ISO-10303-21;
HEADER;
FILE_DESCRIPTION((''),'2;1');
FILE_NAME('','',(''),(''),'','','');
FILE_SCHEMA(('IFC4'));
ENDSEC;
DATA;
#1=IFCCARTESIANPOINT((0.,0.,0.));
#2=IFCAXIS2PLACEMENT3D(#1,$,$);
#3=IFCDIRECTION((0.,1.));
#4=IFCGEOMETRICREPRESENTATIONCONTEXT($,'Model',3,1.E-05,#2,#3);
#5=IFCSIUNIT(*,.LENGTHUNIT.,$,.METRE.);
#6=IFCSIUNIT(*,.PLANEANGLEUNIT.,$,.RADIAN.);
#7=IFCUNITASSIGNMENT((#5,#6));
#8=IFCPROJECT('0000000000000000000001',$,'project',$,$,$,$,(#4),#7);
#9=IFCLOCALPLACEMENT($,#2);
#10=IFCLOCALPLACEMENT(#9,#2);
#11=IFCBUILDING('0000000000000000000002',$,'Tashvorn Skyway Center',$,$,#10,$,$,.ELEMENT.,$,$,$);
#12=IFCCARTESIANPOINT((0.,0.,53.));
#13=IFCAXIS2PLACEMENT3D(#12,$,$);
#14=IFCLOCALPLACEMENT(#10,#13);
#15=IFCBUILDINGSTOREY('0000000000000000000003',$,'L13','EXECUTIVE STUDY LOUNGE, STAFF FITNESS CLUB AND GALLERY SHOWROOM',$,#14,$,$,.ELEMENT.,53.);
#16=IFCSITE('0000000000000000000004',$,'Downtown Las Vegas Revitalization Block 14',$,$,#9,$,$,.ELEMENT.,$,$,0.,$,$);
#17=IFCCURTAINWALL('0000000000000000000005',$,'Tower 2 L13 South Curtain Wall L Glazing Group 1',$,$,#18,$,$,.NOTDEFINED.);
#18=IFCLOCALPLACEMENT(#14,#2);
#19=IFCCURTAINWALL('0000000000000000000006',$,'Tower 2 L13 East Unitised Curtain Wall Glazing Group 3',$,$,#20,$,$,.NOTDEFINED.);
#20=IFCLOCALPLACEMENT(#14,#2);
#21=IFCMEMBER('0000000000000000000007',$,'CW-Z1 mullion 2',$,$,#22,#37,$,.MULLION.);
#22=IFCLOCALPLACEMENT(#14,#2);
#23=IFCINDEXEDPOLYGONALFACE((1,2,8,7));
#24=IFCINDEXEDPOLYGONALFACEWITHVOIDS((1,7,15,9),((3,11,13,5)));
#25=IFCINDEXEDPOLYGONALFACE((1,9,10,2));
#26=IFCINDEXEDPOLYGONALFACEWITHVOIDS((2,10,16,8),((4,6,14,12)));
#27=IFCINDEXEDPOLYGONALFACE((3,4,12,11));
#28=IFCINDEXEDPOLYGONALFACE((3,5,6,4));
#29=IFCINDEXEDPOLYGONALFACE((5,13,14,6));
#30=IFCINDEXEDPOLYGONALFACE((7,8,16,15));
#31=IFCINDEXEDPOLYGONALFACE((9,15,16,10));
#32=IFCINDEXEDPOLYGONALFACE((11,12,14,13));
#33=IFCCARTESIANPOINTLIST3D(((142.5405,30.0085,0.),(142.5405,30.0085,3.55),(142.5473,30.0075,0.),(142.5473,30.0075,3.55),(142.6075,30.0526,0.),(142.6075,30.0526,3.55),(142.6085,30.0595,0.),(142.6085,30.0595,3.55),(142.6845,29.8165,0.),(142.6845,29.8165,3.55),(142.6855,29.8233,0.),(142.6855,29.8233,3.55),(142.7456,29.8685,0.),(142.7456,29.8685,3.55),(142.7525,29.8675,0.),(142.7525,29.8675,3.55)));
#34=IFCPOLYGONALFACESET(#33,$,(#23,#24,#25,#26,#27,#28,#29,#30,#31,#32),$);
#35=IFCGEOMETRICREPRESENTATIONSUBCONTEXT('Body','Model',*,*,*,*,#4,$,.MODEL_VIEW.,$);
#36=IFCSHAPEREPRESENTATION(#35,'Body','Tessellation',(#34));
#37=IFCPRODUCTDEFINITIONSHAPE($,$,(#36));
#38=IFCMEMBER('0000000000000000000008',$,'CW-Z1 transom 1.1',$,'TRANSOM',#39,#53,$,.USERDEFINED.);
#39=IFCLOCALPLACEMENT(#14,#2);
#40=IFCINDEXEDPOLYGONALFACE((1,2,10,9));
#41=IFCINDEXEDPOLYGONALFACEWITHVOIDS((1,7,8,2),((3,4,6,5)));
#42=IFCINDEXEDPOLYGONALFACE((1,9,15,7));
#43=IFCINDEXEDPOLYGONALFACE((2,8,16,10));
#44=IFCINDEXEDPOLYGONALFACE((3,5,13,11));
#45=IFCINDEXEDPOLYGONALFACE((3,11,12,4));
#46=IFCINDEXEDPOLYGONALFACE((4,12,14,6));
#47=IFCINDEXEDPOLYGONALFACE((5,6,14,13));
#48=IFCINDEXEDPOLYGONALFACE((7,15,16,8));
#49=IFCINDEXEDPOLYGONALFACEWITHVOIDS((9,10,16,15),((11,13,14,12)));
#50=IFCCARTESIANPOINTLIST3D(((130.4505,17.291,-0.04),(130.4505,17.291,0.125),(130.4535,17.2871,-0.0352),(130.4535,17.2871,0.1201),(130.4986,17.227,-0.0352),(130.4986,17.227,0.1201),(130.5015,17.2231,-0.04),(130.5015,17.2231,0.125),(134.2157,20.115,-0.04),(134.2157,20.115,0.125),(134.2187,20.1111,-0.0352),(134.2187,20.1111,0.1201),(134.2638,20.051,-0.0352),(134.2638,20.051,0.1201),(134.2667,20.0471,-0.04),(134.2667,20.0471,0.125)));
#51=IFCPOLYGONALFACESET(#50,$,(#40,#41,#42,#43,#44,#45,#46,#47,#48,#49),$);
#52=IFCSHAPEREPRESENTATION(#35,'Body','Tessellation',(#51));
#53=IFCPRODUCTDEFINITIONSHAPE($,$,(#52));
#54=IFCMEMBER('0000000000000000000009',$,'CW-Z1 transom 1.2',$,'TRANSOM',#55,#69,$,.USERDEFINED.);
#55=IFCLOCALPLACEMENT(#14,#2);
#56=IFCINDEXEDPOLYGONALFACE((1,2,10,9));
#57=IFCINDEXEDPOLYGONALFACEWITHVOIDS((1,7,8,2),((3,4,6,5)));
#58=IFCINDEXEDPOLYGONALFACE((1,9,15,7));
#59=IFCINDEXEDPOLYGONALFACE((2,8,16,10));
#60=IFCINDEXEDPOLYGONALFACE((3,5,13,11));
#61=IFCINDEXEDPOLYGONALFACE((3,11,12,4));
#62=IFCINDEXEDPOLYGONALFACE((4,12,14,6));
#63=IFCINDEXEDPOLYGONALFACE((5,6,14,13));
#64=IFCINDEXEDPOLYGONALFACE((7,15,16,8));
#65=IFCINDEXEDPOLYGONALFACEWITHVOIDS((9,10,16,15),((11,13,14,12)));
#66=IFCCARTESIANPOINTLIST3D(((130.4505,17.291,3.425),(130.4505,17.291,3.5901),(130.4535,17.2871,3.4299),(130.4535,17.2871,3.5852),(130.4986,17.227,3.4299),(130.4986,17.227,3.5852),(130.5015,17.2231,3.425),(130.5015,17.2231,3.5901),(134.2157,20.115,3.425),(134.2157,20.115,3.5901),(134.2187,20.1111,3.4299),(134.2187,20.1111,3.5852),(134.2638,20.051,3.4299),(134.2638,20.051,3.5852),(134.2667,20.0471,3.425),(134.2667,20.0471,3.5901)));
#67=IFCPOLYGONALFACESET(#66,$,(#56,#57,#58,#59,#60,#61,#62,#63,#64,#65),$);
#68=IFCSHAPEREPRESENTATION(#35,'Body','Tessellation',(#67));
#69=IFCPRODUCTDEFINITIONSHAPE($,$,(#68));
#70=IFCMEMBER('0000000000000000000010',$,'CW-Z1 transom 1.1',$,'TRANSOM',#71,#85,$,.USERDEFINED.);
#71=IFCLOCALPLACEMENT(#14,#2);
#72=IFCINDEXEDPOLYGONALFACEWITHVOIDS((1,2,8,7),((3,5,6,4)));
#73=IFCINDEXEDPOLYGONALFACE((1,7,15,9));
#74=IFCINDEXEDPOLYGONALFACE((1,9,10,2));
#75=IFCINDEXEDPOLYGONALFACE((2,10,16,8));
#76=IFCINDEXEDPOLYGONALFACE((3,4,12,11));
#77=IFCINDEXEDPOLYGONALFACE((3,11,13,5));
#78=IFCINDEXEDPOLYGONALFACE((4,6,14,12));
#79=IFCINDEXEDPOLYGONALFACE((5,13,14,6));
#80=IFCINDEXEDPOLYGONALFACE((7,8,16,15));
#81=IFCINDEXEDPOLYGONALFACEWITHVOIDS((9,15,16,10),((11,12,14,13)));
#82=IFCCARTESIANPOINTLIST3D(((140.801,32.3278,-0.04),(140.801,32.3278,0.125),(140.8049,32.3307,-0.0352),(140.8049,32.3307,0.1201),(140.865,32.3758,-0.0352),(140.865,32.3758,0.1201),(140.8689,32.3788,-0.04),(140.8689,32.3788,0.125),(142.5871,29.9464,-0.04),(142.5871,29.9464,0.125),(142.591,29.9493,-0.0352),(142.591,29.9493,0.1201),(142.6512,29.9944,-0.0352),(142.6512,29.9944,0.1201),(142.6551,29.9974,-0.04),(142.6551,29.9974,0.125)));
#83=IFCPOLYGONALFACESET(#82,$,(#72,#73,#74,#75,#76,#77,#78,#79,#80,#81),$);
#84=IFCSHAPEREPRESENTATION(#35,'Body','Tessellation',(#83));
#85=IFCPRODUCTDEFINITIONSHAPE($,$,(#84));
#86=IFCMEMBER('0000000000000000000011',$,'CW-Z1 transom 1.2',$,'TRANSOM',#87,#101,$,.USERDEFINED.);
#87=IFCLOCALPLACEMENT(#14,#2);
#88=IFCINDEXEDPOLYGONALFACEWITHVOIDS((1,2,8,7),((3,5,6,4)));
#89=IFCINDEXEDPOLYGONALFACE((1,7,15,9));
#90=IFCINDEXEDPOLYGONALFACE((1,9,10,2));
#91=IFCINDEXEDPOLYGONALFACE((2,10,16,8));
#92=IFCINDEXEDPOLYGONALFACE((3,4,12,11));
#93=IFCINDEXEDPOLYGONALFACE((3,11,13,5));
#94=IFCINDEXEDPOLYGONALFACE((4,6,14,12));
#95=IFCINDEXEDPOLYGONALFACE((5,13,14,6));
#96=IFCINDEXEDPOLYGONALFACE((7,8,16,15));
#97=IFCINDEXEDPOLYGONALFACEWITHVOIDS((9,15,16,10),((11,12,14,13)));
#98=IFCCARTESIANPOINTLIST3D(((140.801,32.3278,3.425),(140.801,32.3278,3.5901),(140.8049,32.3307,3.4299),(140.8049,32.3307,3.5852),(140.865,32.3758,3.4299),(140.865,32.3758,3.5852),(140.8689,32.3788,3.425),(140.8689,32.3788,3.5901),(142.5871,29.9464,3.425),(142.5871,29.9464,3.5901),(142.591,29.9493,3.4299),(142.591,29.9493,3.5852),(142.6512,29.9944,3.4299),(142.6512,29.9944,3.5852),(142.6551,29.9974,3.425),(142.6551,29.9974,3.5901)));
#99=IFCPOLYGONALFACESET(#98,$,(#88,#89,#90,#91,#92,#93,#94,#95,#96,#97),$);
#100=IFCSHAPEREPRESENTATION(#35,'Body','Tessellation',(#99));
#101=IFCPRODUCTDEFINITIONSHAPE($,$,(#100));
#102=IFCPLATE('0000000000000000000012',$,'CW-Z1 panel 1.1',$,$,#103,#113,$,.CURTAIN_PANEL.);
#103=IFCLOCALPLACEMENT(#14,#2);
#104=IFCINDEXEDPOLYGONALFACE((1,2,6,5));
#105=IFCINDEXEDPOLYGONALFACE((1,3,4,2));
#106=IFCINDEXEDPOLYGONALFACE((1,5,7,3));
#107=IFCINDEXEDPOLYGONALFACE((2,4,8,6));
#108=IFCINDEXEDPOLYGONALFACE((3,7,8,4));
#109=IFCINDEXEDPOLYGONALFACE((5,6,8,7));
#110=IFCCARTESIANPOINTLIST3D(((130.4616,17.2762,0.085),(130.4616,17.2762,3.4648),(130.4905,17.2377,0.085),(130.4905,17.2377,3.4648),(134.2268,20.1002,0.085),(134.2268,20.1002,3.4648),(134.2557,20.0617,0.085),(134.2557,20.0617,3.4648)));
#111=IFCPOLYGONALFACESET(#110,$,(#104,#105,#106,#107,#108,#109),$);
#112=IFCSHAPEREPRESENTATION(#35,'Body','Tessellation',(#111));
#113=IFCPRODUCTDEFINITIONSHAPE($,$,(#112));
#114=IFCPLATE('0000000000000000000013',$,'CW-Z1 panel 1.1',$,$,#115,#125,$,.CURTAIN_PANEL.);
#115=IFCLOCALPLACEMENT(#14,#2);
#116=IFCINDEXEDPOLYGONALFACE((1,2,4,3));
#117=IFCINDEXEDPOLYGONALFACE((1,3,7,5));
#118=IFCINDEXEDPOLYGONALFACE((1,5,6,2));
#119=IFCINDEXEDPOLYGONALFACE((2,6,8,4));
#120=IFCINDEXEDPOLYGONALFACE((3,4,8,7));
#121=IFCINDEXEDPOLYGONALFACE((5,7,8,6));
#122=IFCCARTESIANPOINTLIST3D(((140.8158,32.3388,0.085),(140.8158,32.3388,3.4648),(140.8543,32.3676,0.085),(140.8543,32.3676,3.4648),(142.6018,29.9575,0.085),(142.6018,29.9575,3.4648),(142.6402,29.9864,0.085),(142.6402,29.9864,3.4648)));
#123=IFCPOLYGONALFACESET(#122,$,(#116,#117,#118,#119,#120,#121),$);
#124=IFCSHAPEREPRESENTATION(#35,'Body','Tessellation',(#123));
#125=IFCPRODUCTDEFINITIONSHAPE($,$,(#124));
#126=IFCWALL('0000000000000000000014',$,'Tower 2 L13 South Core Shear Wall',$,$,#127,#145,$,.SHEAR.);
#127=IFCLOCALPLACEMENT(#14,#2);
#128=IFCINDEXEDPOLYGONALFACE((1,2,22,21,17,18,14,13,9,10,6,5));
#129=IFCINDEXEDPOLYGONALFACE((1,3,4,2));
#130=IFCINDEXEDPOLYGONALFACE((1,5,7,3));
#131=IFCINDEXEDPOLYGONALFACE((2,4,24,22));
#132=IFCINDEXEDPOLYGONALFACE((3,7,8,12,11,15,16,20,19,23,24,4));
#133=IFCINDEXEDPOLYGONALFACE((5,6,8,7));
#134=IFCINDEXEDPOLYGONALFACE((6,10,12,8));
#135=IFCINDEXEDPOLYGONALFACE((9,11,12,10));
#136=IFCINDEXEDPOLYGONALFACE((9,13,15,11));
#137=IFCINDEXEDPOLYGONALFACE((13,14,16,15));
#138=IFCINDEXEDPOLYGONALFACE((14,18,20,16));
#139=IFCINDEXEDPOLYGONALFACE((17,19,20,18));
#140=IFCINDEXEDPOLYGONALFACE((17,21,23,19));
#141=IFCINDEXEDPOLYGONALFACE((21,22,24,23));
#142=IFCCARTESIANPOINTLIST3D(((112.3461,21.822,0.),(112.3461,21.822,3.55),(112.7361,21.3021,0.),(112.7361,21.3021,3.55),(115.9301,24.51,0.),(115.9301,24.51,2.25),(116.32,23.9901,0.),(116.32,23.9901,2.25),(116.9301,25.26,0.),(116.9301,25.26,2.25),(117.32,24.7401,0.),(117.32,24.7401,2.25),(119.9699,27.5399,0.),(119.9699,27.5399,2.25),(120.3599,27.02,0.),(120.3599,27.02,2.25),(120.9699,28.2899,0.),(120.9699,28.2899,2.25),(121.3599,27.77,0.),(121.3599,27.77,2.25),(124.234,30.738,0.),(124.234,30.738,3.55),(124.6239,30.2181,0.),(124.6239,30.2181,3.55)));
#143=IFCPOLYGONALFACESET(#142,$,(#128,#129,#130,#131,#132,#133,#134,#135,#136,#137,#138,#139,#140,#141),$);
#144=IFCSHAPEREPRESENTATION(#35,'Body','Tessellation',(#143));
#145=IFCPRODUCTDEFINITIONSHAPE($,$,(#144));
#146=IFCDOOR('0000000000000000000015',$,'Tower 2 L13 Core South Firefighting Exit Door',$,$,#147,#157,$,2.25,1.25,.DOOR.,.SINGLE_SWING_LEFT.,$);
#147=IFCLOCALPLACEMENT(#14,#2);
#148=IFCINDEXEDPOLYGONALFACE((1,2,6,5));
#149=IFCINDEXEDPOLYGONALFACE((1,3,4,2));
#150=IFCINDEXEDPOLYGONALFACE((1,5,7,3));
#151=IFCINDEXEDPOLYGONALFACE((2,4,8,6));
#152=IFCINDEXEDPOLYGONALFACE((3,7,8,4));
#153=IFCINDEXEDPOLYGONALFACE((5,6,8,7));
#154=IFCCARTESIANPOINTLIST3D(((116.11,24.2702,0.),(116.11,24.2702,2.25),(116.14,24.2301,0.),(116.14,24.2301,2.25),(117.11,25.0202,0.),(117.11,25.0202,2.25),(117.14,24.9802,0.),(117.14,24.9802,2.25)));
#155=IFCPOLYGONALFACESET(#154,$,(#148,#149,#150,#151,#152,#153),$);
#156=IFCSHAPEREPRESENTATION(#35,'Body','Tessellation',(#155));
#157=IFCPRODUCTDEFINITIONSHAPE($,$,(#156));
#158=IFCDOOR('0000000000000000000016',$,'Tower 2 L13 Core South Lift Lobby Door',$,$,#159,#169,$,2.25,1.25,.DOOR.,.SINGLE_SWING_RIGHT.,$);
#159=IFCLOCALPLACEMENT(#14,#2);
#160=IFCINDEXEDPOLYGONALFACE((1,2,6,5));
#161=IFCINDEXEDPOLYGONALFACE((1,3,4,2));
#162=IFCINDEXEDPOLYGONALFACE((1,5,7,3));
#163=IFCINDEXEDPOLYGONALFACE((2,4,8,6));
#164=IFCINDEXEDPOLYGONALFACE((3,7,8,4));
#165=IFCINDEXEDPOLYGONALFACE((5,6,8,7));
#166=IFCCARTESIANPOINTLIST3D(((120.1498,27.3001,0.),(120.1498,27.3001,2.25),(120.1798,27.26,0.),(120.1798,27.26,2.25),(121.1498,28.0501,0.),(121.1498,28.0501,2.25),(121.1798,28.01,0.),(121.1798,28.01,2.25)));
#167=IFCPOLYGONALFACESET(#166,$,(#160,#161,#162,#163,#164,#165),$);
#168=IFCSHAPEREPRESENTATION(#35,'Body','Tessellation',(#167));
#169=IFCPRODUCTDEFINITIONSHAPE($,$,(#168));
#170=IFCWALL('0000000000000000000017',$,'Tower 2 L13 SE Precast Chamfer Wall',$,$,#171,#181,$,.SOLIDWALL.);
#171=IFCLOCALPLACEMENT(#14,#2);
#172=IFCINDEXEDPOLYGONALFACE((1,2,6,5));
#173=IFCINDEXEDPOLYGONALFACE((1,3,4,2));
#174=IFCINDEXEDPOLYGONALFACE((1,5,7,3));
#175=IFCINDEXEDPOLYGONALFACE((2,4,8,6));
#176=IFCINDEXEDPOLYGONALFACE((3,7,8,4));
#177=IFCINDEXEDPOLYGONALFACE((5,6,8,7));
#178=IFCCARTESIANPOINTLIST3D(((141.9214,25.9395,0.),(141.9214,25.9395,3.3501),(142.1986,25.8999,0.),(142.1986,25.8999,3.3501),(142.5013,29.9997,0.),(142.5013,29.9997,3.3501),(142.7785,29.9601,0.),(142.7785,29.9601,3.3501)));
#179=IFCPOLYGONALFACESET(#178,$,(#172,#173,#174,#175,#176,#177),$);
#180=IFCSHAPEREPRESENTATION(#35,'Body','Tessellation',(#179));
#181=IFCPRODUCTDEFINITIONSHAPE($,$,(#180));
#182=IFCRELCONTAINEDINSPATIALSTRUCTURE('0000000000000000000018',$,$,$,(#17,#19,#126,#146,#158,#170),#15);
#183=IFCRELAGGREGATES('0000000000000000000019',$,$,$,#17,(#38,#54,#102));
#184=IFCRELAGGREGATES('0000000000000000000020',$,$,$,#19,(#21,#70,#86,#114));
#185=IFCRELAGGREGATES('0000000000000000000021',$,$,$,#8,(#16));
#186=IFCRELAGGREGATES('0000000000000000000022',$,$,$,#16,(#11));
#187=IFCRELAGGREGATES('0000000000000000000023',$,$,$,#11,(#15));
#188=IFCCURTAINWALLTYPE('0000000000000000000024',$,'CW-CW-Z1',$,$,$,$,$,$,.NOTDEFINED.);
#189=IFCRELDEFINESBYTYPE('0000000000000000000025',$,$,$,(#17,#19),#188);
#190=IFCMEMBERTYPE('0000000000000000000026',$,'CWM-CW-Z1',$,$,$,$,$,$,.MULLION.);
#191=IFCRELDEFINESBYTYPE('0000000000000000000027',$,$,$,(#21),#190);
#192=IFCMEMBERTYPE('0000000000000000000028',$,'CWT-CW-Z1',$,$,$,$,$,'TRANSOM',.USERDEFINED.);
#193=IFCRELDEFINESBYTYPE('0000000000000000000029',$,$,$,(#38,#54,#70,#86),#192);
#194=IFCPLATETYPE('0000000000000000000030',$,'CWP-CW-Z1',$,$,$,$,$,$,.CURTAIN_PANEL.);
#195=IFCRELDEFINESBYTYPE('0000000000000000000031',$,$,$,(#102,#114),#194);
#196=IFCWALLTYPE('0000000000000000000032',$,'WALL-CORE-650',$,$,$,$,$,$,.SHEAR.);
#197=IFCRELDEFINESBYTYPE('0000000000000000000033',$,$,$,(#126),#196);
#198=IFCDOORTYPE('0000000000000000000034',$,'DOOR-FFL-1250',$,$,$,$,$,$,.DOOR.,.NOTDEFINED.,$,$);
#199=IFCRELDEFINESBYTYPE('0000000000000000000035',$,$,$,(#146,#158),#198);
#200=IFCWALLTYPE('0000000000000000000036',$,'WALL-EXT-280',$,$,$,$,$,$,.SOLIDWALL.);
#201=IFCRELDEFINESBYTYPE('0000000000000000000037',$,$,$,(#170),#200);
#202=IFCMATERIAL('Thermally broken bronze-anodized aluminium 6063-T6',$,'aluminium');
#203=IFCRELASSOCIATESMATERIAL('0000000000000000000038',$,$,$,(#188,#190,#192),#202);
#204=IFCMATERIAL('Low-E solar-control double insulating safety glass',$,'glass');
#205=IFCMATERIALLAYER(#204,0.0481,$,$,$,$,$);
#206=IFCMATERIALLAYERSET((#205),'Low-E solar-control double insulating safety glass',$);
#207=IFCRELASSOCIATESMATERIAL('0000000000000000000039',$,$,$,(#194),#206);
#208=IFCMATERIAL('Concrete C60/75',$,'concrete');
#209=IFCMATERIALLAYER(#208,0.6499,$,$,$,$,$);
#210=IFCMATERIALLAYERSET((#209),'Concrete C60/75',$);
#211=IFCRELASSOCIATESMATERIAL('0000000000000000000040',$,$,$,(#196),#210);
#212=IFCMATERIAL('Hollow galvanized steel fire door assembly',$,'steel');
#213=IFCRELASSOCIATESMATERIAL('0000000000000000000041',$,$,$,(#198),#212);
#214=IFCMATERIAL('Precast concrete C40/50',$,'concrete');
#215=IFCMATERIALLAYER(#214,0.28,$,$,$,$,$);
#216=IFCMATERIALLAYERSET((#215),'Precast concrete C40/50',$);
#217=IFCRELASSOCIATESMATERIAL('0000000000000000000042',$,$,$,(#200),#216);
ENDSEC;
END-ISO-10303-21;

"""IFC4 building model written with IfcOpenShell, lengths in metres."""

from ifc_helpers import new_model, si_unit, direction, frame, frame_2d, origin, origin_2d, place, context, subcontext, project, spatial, rectangle, hollow_rectangle, extrude, material, layer, layer_set, material_profile, profile_set, type_object, element, fill, aggregate, save


model = new_model("IFC4")

# Units and contexts
model_context = context("Model", 3, precision=1e-05, world=origin(), true_north=direction((0.0, 1.0)))
body_context = subcontext(model_context, "Body", "Model", "MODEL_VIEW")
ifc_project = project(units=[si_unit("LENGTHUNIT", "METRE"), si_unit("PLANEANGLEUNIT", "RADIAN")], contexts=[model_context])

# Site, building, storey
site_placement = place(None, origin())
site = spatial("IfcSite", under=ifc_project, at=site_placement, Name="Downtown Las Vegas Revitalization Block 14", CompositionType="ELEMENT", RefElevation=0.0)
building_placement = place(site_placement, origin())
building = spatial("IfcBuilding", under=site, at=building_placement, Name="Tashvorn Skyway Center", CompositionType="ELEMENT")
storey_placement = place(building_placement, frame((0.0, 0.0, 53.0)))
storey = spatial("IfcBuildingStorey", under=building, at=storey_placement, Name="L13", Description="EXECUTIVE STUDY LOUNGE, STAFF FITNESS CLUB AND GALLERY SHOWROOM", CompositionType="ELEMENT", Elevation=53.0)

# Curtain walls, member
ifc_material_1 = material(Name="Thermally broken bronze-anodized aluminium 6063-T6", Category="aluminium")
curtain_wall_type = type_object("IfcCurtainWallType", Name="CW-CW-Z1", PredefinedType="NOTDEFINED", material=ifc_material_1)
curtain_wall_1_placement = place(storey_placement, origin())
curtain_wall_1 = element("IfcCurtainWall", 1, at=curtain_wall_1_placement, inside=storey, type_object=curtain_wall_type, Name="Tower 2 L13 South Curtain Wall L Glazing Group 1", PredefinedType="NOTDEFINED")
ifc_material_profile_1 = material_profile(ifc_material_1, hollow_rectangle(XDim=0.085, YDim=0.24, WallThickness=0.0049, at=origin_2d()), Name="ALU-MULL-85x240")
ifc_profile_set_1 = profile_set([ifc_material_profile_1], Name="Thermally broken bronze-anodized aluminium 6063-T6")
member_type_1 = type_object("IfcMemberType", Name="CWM-CW-Z1", PredefinedType="MULLION", material=ifc_profile_set_1)
curtain_wall_2_placement = place(storey_placement, origin())
curtain_wall_2 = element("IfcCurtainWall", 2, at=curtain_wall_2_placement, inside=storey, type_object=curtain_wall_type, Name="Tower 2 L13 East Unitised Curtain Wall Glazing Group 3", PredefinedType="NOTDEFINED")
member_1_placement = place(storey_placement, frame((142.6465, 29.938, 0.0), z_axis=(0.0, 0.0, 1.0), x_axis=(0.799996, 0.600005, 0.0)))
member_1 = element("IfcMember", 3, at=member_1_placement, type_object=member_type_1, Name="CW-Z1 mullion 2", PredefinedType="MULLION", context=body_context, shape_type="SweptSolid", body=[
    extrude(hollow_rectangle(XDim=0.085, YDim=0.24, WallThickness=0.0049, at=origin_2d()), origin(), (0.0, 0.0, 1.0), 3.55),
])

# Members
ifc_material_profile_2 = material_profile(ifc_material_1, hollow_rectangle(XDim=0.085, YDim=0.165, WallThickness=0.0049, at=origin_2d()), Name="ALU-TRAN-85x165")
ifc_profile_set_2 = profile_set([ifc_material_profile_2], Name="Thermally broken bronze-anodized aluminium 6063-T6")
member_type_2 = type_object("IfcMemberType", Name="CWT-CW-Z1", ElementType="TRANSOM", PredefinedType="USERDEFINED", material=ifc_profile_set_2)
member_2_placement = place(storey_placement, frame((134.2412, 20.0811, 0.0425), z_axis=(-0.799988, -0.600017, 0.0), x_axis=(0.600017, -0.799988, 0.0)))
member_2 = element("IfcMember", 4, at=member_2_placement, type_object=member_type_2, Name="CW-Z1 transom 1.1", ObjectType="TRANSOM", PredefinedType="USERDEFINED", context=body_context, shape_type="SweptSolid", body=[
    extrude(hollow_rectangle(XDim=0.085, YDim=0.165, WallThickness=0.0049, at=origin_2d()), origin(), (0.0, 0.0, 1.0), 4.7065),
])
member_3_placement = place(storey_placement, frame((134.2412, 20.0811, 3.5076), z_axis=(-0.799988, -0.600017, 0.0), x_axis=(0.600017, -0.799988, 0.0)))
member_3 = element("IfcMember", 5, at=member_3_placement, type_object=member_type_2, Name="CW-Z1 transom 1.2", ObjectType="TRANSOM", PredefinedType="USERDEFINED", context=body_context, shape_type="SweptSolid", body=[
    extrude(hollow_rectangle(XDim=0.085, YDim=0.165, WallThickness=0.0049, at=origin_2d()), origin(), (0.0, 0.0, 1.0), 4.7065),
])
member_4_placement = place(storey_placement, frame((140.835, 32.3533, 0.0425), z_axis=(0.600026, -0.79998, 0.0), x_axis=(0.79998, 0.600026, 0.0)))
member_4 = element("IfcMember", 6, at=member_4_placement, type_object=member_type_2, Name="CW-Z1 transom 1.1", ObjectType="TRANSOM", PredefinedType="USERDEFINED", context=body_context, shape_type="SweptSolid", body=[
    extrude(hollow_rectangle(XDim=0.085, YDim=0.165, WallThickness=0.0049, at=origin_2d()), origin(), (0.0, 0.0, 1.0), 2.9768),
])
member_5_placement = place(storey_placement, frame((140.835, 32.3533, 3.5076), z_axis=(0.600026, -0.79998, 0.0), x_axis=(0.79998, 0.600026, 0.0)))
member_5 = element("IfcMember", 7, at=member_5_placement, type_object=member_type_2, Name="CW-Z1 transom 1.2", ObjectType="TRANSOM", PredefinedType="USERDEFINED", context=body_context, shape_type="SweptSolid", body=[
    extrude(hollow_rectangle(XDim=0.085, YDim=0.165, WallThickness=0.0049, at=origin_2d()), origin(), (0.0, 0.0, 1.0), 2.9768),
])

# Plates
ifc_material_2 = material(Name="Low-E solar-control double insulating safety glass", Category="glass")
ifc_layer_1 = layer(ifc_material_2, 0.0481)
ifc_layer_set_1 = layer_set([ifc_layer_1], Name="Low-E solar-control double insulating safety glass")
plate_type = type_object("IfcPlateType", Name="CWP-CW-Z1", PredefinedType="CURTAIN_PANEL", material=ifc_layer_set_1)
plate_1_placement = place(storey_placement, frame((132.3586, 18.6689, 0.085), z_axis=(0.0, 0.0, 1.0), x_axis=(-0.799998, -0.600003, 0.0)))
plate_1 = element("IfcPlate", 8, at=plate_1_placement, type_object=plate_type, Name="CW-Z1 panel 1.1", PredefinedType="CURTAIN_PANEL", context=body_context, shape_type="SweptSolid", body=[
    extrude(rectangle(XDim=4.7065, YDim=0.0481, at=origin_2d()), origin(), (0.0, 0.0, 1.0), 3.3799),
])
aggregate(curtain_wall_1, [member_2, member_3, plate_1])
plate_2_placement = place(storey_placement, frame((141.728, 31.1626, 0.085), z_axis=(0.0, 0.0, 1.0), x_axis=(0.600005, -0.799996, 0.0)))
plate_2 = element("IfcPlate", 9, at=plate_2_placement, type_object=plate_type, Name="CW-Z1 panel 1.1", PredefinedType="CURTAIN_PANEL", context=body_context, shape_type="SweptSolid", body=[
    extrude(rectangle(XDim=2.9766, YDim=0.0481, at=origin_2d()), origin(), (0.0, 0.0, 1.0), 3.3799),
])
aggregate(curtain_wall_2, [member_1, member_4, member_5, plate_2])

# Wall, openings, doors
ifc_material_3 = material(Name="Concrete C60/75", Category="concrete")
ifc_layer_2 = layer(ifc_material_3, 0.6499)
ifc_layer_set_2 = layer_set([ifc_layer_2], Name="Concrete C60/75")
wall_type_1 = type_object("IfcWallType", Name="WALL-CORE-650", PredefinedType="SHEAR", material=ifc_layer_set_2)
wall_1_placement = place(storey_placement, frame((124.429, 30.478, 0.0), z_axis=(0.0, 0.0, 1.0), x_axis=(-0.799998, -0.600003, 0.0)))
wall_1 = element("IfcWall", 10, at=wall_1_placement, inside=storey, type_object=wall_type_1, Name="Tower 2 L13 South Core Shear Wall", PredefinedType="SHEAR", context=body_context, shape_type="SweptSolid", body=[
    extrude(rectangle(XDim=14.8599, YDim=0.6499, at=frame_2d((7.4299, 0.0))), origin(), (0.0, 0.0, 1.0), 3.55),
])
opening_1_placement = place(wall_1_placement, frame((9.1299, 0.0, 0.0)))
opening_1 = element("IfcOpeningElement", 11, at=opening_1_placement, cuts=wall_1, PredefinedType="OPENING", context=body_context, shape_type="SweptSolid", body=[
    extrude(rectangle(XDim=1.25, YDim=2.25, at=frame_2d((0.625, 1.125))), frame((0.0, 0.335, 0.0), z_axis=(0.0, -1.0, 0.0), x_axis=(1.0, 0.0, 0.0)), (0.0, 0.0, 1.0), 0.6699),
])
opening_2_placement = place(wall_1_placement, frame((4.0801, 0.0, 0.0)))
opening_2 = element("IfcOpeningElement", 12, at=opening_2_placement, cuts=wall_1, PredefinedType="OPENING", context=body_context, shape_type="SweptSolid", body=[
    extrude(rectangle(XDim=1.25, YDim=2.25, at=frame_2d((0.625, 1.125))), frame((0.0, 0.335, 0.0), z_axis=(0.0, -1.0, 0.0), x_axis=(1.0, 0.0, 0.0)), (0.0, 0.0, 1.0), 0.6699),
])
ifc_material_4 = material(Name="Hollow galvanized steel fire door assembly", Category="steel")
door_type_1 = type_object("IfcDoorType", Name="DOOR-FFL-1250", OperationType="NOTDEFINED", PredefinedType="DOOR", material=ifc_material_4)
door_1_placement = place(opening_1_placement, origin())
door_1 = element("IfcDoor", 13, at=door_1_placement, inside=storey, type_object=door_type_1, Name="Tower 2 L13 Core South Firefighting Exit Door", OperationType="SINGLE_SWING_LEFT", OverallHeight=2.25, OverallWidth=1.25, PredefinedType="DOOR", context=body_context, shape_type="SweptSolid", body=[
    extrude(rectangle(XDim=1.25, YDim=2.25, at=frame_2d((0.625, 1.125))), frame((0.0, 0.0249, 0.0), z_axis=(0.0, -1.0, 0.0), x_axis=(1.0, 0.0, 0.0)), (0.0, 0.0, 1.0), 0.05),
])
fill(opening_1, door_1)
door_2_placement = place(opening_2_placement, origin())
door_2 = element("IfcDoor", 14, at=door_2_placement, inside=storey, type_object=door_type_1, Name="Tower 2 L13 Core South Lift Lobby Door", OperationType="SINGLE_SWING_RIGHT", OverallHeight=2.25, OverallWidth=1.25, PredefinedType="DOOR", context=body_context, shape_type="SweptSolid", body=[
    extrude(rectangle(XDim=1.25, YDim=2.25, at=frame_2d((0.625, 1.125))), frame((0.0, 0.0249, 0.0), z_axis=(0.0, -1.0, 0.0), x_axis=(1.0, 0.0, 0.0)), (0.0, 0.0, 1.0), 0.05),
])
fill(opening_2, door_2)

# Shared definitions
ifc_material_5 = material(Name="Precast concrete C40/50", Category="concrete")
ifc_layer_3 = layer(ifc_material_5, 0.28)
ifc_layer_set_3 = layer_set([ifc_layer_3], Name="Precast concrete C40/50")
wall_type_2 = type_object("IfcWallType", Name="WALL-EXT-280", PredefinedType="SOLIDWALL", material=ifc_layer_set_3)

# Wall
wall_2_placement = place(storey_placement, frame((142.6399, 29.98, 0.0), z_axis=(0.0, 0.0, 1.0), x_axis=(-0.14138, -0.989955, 0.0)))
element("IfcWall", 15, at=wall_2_placement, inside=storey, type_object=wall_type_2, Name="Tower 2 L13 SE Precast Chamfer Wall", PredefinedType="SOLIDWALL", context=body_context, shape_type="SweptSolid", body=[
    extrude(rectangle(XDim=4.1013, YDim=0.28, at=frame_2d((2.0508, 0.0))), origin(), (0.0, 0.0, 1.0), 3.3501),
])

save(model, "model.ifc")
